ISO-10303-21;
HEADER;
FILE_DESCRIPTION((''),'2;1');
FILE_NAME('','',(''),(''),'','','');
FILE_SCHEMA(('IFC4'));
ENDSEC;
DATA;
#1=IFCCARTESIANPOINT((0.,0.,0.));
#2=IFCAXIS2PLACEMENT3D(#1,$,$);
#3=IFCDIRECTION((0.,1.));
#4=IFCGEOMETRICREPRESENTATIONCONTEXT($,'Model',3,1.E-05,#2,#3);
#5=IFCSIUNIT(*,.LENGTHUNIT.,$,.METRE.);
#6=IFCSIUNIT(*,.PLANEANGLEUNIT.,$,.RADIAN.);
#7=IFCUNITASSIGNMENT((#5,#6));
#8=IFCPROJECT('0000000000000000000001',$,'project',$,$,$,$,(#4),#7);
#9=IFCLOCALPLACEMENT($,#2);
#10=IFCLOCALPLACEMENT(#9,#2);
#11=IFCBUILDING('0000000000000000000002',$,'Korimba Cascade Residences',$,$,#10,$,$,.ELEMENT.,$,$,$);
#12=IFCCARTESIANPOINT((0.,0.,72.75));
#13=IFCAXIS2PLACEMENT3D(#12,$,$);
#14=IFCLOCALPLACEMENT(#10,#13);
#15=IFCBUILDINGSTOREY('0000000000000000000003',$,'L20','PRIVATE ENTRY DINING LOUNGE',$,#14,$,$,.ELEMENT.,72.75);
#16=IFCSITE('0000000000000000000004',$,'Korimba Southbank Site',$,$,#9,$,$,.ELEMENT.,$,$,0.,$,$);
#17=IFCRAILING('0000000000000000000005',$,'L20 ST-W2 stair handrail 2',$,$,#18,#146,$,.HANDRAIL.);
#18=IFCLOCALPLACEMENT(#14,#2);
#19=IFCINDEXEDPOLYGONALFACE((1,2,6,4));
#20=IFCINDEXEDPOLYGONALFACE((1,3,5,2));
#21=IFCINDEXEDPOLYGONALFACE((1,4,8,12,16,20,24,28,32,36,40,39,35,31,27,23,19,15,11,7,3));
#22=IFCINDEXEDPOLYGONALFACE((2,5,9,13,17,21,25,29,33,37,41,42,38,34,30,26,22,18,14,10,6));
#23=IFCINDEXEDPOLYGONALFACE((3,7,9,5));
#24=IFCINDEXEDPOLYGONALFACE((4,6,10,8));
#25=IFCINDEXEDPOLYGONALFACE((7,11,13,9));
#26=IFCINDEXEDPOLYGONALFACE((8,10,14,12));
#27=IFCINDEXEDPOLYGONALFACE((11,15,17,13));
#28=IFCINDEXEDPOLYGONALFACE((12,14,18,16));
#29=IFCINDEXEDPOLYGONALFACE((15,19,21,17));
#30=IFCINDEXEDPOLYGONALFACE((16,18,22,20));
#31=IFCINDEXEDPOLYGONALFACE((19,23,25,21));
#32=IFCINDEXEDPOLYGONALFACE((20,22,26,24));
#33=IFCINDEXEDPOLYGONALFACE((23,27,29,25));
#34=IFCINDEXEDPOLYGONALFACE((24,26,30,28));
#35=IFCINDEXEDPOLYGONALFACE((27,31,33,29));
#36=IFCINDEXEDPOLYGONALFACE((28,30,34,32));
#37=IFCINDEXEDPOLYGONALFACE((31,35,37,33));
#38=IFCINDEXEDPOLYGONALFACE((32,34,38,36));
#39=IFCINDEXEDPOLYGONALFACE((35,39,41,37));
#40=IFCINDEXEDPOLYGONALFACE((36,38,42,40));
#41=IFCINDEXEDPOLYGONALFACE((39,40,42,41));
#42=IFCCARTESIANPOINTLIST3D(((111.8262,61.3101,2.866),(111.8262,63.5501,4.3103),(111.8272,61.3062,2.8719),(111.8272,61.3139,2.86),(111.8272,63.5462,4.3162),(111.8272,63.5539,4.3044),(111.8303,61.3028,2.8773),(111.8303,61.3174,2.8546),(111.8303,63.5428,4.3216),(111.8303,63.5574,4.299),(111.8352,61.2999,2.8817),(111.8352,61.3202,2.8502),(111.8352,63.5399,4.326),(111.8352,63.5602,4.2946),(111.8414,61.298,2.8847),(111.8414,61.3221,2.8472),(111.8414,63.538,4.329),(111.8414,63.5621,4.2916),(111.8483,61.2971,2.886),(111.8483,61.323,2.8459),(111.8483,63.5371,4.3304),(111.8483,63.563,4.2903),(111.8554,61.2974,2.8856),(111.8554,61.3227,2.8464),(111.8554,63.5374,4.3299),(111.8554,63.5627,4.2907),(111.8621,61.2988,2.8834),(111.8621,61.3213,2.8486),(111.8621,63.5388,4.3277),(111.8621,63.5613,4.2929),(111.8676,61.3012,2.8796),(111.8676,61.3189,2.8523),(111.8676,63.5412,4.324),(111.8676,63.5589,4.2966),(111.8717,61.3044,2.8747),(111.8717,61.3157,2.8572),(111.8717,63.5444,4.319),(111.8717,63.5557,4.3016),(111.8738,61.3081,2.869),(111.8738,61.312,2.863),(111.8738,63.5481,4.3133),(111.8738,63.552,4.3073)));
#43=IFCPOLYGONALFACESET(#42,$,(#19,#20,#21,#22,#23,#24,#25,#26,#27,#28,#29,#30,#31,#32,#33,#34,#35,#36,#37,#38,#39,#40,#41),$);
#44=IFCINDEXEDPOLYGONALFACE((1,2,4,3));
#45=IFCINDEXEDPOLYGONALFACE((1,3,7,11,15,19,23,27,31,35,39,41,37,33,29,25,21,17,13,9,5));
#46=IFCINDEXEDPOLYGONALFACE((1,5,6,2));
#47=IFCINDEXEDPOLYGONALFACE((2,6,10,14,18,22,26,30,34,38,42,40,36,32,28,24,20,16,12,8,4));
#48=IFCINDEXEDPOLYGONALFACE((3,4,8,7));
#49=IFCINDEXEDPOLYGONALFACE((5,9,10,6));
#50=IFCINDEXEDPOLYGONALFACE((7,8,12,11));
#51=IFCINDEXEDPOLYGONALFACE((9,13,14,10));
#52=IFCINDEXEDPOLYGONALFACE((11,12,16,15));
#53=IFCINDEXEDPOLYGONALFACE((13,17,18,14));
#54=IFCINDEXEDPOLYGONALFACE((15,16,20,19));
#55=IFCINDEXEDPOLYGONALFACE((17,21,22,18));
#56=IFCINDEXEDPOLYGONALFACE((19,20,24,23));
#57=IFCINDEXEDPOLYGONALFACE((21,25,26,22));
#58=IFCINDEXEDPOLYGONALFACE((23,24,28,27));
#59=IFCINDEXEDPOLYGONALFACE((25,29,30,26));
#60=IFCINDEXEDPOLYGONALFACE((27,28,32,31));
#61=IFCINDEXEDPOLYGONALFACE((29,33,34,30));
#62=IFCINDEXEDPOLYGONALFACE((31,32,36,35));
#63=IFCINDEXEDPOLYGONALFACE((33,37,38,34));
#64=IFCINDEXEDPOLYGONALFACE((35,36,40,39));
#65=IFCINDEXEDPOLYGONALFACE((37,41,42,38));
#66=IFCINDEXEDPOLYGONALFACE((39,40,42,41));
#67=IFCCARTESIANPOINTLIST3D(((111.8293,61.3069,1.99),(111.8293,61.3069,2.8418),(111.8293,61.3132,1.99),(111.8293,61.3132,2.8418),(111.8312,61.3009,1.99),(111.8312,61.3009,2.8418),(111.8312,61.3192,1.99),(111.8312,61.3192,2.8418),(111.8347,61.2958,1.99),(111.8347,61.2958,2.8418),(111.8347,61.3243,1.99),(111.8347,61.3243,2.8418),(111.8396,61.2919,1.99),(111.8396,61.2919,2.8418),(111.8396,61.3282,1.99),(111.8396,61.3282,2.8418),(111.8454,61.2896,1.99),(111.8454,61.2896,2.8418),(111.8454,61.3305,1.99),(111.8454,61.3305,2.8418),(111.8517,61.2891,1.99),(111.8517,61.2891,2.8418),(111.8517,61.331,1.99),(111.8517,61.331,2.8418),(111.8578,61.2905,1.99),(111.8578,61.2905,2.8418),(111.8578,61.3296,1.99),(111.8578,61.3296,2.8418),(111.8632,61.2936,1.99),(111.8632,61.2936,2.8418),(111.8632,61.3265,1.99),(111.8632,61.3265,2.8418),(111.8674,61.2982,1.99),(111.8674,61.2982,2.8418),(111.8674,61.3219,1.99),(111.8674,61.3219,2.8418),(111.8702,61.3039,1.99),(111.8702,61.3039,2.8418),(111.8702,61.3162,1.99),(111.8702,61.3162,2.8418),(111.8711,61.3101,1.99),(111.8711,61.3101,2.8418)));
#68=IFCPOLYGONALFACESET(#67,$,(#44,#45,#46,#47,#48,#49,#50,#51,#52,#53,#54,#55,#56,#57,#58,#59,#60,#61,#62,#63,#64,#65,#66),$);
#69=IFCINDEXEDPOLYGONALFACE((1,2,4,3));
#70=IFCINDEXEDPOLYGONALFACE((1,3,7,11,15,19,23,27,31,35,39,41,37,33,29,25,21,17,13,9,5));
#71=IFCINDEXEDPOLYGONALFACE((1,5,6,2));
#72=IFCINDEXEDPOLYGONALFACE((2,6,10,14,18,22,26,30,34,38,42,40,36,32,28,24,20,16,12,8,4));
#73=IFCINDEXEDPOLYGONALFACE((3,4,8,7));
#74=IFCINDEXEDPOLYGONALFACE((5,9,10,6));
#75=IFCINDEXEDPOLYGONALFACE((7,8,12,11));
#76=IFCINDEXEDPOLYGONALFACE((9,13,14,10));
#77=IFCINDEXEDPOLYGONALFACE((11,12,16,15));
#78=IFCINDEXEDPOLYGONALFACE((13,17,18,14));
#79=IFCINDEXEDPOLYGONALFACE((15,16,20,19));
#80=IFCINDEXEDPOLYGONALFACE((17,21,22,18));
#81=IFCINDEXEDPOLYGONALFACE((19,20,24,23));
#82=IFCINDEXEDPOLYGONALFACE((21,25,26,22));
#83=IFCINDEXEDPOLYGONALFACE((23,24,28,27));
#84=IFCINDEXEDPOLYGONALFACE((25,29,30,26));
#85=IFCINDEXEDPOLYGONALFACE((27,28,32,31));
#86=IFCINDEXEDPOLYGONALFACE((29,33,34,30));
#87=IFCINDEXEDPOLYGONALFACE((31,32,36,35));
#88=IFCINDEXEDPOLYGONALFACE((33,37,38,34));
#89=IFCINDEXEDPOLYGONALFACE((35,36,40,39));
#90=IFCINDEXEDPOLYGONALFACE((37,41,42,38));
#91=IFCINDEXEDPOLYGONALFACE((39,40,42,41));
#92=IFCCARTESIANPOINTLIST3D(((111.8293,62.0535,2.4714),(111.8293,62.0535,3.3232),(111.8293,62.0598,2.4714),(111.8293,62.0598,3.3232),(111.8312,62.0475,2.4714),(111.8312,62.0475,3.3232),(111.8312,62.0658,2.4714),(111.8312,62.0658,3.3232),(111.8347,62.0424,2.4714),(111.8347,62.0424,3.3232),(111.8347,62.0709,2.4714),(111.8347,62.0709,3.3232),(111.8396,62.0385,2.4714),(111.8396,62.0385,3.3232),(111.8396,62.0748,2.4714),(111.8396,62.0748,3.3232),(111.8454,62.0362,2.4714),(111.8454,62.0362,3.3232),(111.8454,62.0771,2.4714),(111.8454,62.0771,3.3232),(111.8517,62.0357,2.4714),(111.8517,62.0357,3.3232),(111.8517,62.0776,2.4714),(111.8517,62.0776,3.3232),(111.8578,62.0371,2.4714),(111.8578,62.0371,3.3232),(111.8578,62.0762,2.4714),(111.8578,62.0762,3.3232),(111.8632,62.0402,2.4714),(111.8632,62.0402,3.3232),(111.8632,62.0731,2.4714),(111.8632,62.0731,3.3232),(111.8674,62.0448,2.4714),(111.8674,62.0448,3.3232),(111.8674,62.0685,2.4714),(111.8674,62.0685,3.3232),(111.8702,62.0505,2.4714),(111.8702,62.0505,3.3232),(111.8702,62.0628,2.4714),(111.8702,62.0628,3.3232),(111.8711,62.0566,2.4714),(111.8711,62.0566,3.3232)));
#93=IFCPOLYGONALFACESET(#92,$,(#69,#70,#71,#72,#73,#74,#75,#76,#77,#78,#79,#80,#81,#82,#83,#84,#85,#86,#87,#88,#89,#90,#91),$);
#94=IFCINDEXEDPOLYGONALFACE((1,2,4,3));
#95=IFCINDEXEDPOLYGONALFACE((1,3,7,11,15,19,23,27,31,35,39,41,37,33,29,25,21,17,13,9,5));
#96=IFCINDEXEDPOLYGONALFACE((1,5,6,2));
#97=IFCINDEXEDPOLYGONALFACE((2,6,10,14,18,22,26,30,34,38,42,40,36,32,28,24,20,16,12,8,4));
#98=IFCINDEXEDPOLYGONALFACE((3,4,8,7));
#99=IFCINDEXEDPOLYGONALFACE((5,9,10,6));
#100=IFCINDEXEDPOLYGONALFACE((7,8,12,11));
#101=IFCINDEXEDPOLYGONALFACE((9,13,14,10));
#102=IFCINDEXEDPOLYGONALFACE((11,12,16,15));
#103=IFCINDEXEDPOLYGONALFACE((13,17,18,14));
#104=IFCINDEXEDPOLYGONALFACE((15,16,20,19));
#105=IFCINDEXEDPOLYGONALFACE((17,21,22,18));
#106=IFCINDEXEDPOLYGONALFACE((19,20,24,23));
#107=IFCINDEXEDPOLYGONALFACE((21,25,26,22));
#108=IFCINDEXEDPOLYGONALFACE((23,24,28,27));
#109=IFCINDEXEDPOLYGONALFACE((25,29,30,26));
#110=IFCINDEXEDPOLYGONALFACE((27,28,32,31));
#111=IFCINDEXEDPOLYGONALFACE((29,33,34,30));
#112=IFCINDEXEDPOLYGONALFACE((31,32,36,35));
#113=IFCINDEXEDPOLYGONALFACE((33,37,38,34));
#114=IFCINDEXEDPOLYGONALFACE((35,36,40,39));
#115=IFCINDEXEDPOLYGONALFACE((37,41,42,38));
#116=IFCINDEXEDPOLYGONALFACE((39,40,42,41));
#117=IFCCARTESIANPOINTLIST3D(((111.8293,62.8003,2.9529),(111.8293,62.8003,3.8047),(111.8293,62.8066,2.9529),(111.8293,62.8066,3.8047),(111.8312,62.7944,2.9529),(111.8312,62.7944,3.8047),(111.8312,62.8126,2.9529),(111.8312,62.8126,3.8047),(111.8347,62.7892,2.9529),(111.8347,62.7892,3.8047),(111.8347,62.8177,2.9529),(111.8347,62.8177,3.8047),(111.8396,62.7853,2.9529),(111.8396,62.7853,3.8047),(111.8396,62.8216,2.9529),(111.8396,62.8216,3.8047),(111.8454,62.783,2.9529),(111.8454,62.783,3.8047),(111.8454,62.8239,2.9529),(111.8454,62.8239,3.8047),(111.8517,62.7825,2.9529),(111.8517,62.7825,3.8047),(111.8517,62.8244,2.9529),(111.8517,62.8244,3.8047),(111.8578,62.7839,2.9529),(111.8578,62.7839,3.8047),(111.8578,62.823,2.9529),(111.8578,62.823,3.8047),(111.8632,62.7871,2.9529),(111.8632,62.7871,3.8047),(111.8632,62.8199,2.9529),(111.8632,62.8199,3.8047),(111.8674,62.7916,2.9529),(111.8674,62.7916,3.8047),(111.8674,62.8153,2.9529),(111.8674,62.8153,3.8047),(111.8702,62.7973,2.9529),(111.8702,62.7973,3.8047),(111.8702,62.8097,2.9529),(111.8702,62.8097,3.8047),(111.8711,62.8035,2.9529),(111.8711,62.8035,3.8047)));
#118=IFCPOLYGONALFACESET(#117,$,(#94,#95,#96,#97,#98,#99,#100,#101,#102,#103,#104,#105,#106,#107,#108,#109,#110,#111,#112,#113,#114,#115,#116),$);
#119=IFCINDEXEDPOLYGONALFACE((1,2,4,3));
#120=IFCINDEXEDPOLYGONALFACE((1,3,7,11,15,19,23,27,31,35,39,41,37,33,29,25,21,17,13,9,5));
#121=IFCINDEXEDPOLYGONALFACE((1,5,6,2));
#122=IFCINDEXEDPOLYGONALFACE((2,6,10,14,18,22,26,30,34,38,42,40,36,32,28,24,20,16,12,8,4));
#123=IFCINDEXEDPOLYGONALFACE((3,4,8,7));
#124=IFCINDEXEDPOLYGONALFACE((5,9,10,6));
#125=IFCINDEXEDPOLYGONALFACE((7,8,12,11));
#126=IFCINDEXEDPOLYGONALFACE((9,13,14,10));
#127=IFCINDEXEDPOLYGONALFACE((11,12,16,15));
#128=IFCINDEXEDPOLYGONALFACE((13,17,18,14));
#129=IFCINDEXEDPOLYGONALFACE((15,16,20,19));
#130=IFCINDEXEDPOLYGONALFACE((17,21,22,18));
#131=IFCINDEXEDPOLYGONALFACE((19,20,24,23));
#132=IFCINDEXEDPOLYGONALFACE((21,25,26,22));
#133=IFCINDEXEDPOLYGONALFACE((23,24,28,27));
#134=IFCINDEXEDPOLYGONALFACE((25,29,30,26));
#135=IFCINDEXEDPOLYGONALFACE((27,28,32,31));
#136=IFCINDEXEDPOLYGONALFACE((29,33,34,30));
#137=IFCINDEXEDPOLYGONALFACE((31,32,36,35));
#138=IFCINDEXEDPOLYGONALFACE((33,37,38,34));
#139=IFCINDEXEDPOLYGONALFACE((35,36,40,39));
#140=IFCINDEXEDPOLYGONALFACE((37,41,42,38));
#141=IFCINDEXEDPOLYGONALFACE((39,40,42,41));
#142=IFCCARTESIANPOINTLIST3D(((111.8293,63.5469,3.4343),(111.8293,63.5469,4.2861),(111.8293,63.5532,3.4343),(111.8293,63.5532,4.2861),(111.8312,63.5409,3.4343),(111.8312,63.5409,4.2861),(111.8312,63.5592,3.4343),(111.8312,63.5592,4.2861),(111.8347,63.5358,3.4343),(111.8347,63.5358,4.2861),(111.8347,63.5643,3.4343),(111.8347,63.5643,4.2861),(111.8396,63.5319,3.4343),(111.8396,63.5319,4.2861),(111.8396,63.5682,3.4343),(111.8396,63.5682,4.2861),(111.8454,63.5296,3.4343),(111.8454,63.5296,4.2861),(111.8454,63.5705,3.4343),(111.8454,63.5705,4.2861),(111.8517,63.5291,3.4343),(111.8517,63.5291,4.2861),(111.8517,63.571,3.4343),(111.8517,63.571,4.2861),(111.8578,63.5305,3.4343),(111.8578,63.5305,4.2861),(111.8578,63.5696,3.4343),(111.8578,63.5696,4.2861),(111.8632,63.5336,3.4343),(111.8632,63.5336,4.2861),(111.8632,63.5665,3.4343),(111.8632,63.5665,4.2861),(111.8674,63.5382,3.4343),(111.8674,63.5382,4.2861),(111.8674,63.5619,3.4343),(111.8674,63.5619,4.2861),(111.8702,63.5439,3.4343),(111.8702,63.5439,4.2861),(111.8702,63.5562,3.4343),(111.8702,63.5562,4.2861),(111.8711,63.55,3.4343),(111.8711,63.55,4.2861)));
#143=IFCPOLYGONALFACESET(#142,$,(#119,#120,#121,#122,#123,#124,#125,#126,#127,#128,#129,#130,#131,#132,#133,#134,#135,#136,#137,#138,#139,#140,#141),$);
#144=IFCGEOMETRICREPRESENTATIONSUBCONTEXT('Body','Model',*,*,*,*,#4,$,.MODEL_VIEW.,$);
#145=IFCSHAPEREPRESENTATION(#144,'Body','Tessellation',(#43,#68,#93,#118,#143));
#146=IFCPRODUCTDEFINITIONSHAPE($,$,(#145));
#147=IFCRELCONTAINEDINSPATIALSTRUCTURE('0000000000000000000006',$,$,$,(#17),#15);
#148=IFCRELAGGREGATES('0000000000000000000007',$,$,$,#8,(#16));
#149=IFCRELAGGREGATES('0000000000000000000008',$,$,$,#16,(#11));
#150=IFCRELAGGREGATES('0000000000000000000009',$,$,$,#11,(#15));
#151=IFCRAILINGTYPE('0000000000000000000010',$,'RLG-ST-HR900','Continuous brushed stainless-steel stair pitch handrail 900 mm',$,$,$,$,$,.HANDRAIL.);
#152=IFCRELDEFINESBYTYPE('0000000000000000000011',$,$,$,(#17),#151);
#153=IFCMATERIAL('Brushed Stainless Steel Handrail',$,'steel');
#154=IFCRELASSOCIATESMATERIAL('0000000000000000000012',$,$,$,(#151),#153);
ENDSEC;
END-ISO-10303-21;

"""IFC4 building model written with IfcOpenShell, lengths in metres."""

from ifc_helpers import new_model, si_unit, direction, frame, origin, origin_2d, place, context, subcontext, project, spatial, circle, extrude, material, type_object, element, save


model = new_model("IFC4")

# Units and contexts
model_context = context("Model", 3, precision=1e-05, world=origin(), true_north=direction((0.0, 1.0)))
body_context = subcontext(model_context, "Body", "Model", "MODEL_VIEW")
ifc_project = project(units=[si_unit("LENGTHUNIT", "METRE"), si_unit("PLANEANGLEUNIT", "RADIAN")], contexts=[model_context])

# Site, building, storey
site_placement = place(None, origin())
site = spatial("IfcSite", under=ifc_project, at=site_placement, Name="Korimba Southbank Site", CompositionType="ELEMENT", RefElevation=0.0)
building_placement = place(site_placement, origin())
building = spatial("IfcBuilding", under=site, at=building_placement, Name="Korimba Cascade Residences", CompositionType="ELEMENT")
storey_placement = place(building_placement, frame((0.0, 0.0, 72.75)))
storey = spatial("IfcBuildingStorey", under=building, at=storey_placement, Name="L20", Description="PRIVATE ENTRY DINING LOUNGE", CompositionType="ELEMENT", Elevation=72.75)

# Railing
ifc_material_1 = material(Name="Brushed Stainless Steel Handrail", Category="steel")
railing_type_1 = type_object("IfcRailingType", Name="RLG-ST-HR900", Description="Continuous brushed stainless-steel stair pitch handrail 900 mm", PredefinedType="HANDRAIL", material=ifc_material_1)
railing_1_placement = place(storey_placement, frame((111.8501, 61.3101, 1.99)))
element("IfcRailing", 1, at=railing_1_placement, inside=storey, type_object=railing_type_1, Name="L20 ST-W2 stair handrail 2", PredefinedType="HANDRAIL", context=body_context, shape_type="SweptSolid", body=[
    extrude(circle(Radius=0.0239, at=origin_2d()), frame((0.0, 0.0, 0.876), z_axis=(0.0, 0.840437, 0.54191), x_axis=(-1.0, 0.0, 0.0)), (0.0, 0.0, 1.0), 2.6653),
    extrude(circle(Radius=0.021, at=origin_2d()), origin(), (0.0, 0.0, 1.0), 0.8518),
    extrude(circle(Radius=0.021, at=origin_2d()), frame((0.0, 0.7466, 0.4814)), (0.0, 0.0, 1.0), 0.8518),
    extrude(circle(Radius=0.021, at=origin_2d()), frame((0.0, 1.4934, 0.9629)), (0.0, 0.0, 1.0), 0.8518),
    extrude(circle(Radius=0.021, at=origin_2d()), frame((0.0, 2.24, 1.4443)), (0.0, 0.0, 1.0), 0.8518),
])

save(model, "model.ifc")
